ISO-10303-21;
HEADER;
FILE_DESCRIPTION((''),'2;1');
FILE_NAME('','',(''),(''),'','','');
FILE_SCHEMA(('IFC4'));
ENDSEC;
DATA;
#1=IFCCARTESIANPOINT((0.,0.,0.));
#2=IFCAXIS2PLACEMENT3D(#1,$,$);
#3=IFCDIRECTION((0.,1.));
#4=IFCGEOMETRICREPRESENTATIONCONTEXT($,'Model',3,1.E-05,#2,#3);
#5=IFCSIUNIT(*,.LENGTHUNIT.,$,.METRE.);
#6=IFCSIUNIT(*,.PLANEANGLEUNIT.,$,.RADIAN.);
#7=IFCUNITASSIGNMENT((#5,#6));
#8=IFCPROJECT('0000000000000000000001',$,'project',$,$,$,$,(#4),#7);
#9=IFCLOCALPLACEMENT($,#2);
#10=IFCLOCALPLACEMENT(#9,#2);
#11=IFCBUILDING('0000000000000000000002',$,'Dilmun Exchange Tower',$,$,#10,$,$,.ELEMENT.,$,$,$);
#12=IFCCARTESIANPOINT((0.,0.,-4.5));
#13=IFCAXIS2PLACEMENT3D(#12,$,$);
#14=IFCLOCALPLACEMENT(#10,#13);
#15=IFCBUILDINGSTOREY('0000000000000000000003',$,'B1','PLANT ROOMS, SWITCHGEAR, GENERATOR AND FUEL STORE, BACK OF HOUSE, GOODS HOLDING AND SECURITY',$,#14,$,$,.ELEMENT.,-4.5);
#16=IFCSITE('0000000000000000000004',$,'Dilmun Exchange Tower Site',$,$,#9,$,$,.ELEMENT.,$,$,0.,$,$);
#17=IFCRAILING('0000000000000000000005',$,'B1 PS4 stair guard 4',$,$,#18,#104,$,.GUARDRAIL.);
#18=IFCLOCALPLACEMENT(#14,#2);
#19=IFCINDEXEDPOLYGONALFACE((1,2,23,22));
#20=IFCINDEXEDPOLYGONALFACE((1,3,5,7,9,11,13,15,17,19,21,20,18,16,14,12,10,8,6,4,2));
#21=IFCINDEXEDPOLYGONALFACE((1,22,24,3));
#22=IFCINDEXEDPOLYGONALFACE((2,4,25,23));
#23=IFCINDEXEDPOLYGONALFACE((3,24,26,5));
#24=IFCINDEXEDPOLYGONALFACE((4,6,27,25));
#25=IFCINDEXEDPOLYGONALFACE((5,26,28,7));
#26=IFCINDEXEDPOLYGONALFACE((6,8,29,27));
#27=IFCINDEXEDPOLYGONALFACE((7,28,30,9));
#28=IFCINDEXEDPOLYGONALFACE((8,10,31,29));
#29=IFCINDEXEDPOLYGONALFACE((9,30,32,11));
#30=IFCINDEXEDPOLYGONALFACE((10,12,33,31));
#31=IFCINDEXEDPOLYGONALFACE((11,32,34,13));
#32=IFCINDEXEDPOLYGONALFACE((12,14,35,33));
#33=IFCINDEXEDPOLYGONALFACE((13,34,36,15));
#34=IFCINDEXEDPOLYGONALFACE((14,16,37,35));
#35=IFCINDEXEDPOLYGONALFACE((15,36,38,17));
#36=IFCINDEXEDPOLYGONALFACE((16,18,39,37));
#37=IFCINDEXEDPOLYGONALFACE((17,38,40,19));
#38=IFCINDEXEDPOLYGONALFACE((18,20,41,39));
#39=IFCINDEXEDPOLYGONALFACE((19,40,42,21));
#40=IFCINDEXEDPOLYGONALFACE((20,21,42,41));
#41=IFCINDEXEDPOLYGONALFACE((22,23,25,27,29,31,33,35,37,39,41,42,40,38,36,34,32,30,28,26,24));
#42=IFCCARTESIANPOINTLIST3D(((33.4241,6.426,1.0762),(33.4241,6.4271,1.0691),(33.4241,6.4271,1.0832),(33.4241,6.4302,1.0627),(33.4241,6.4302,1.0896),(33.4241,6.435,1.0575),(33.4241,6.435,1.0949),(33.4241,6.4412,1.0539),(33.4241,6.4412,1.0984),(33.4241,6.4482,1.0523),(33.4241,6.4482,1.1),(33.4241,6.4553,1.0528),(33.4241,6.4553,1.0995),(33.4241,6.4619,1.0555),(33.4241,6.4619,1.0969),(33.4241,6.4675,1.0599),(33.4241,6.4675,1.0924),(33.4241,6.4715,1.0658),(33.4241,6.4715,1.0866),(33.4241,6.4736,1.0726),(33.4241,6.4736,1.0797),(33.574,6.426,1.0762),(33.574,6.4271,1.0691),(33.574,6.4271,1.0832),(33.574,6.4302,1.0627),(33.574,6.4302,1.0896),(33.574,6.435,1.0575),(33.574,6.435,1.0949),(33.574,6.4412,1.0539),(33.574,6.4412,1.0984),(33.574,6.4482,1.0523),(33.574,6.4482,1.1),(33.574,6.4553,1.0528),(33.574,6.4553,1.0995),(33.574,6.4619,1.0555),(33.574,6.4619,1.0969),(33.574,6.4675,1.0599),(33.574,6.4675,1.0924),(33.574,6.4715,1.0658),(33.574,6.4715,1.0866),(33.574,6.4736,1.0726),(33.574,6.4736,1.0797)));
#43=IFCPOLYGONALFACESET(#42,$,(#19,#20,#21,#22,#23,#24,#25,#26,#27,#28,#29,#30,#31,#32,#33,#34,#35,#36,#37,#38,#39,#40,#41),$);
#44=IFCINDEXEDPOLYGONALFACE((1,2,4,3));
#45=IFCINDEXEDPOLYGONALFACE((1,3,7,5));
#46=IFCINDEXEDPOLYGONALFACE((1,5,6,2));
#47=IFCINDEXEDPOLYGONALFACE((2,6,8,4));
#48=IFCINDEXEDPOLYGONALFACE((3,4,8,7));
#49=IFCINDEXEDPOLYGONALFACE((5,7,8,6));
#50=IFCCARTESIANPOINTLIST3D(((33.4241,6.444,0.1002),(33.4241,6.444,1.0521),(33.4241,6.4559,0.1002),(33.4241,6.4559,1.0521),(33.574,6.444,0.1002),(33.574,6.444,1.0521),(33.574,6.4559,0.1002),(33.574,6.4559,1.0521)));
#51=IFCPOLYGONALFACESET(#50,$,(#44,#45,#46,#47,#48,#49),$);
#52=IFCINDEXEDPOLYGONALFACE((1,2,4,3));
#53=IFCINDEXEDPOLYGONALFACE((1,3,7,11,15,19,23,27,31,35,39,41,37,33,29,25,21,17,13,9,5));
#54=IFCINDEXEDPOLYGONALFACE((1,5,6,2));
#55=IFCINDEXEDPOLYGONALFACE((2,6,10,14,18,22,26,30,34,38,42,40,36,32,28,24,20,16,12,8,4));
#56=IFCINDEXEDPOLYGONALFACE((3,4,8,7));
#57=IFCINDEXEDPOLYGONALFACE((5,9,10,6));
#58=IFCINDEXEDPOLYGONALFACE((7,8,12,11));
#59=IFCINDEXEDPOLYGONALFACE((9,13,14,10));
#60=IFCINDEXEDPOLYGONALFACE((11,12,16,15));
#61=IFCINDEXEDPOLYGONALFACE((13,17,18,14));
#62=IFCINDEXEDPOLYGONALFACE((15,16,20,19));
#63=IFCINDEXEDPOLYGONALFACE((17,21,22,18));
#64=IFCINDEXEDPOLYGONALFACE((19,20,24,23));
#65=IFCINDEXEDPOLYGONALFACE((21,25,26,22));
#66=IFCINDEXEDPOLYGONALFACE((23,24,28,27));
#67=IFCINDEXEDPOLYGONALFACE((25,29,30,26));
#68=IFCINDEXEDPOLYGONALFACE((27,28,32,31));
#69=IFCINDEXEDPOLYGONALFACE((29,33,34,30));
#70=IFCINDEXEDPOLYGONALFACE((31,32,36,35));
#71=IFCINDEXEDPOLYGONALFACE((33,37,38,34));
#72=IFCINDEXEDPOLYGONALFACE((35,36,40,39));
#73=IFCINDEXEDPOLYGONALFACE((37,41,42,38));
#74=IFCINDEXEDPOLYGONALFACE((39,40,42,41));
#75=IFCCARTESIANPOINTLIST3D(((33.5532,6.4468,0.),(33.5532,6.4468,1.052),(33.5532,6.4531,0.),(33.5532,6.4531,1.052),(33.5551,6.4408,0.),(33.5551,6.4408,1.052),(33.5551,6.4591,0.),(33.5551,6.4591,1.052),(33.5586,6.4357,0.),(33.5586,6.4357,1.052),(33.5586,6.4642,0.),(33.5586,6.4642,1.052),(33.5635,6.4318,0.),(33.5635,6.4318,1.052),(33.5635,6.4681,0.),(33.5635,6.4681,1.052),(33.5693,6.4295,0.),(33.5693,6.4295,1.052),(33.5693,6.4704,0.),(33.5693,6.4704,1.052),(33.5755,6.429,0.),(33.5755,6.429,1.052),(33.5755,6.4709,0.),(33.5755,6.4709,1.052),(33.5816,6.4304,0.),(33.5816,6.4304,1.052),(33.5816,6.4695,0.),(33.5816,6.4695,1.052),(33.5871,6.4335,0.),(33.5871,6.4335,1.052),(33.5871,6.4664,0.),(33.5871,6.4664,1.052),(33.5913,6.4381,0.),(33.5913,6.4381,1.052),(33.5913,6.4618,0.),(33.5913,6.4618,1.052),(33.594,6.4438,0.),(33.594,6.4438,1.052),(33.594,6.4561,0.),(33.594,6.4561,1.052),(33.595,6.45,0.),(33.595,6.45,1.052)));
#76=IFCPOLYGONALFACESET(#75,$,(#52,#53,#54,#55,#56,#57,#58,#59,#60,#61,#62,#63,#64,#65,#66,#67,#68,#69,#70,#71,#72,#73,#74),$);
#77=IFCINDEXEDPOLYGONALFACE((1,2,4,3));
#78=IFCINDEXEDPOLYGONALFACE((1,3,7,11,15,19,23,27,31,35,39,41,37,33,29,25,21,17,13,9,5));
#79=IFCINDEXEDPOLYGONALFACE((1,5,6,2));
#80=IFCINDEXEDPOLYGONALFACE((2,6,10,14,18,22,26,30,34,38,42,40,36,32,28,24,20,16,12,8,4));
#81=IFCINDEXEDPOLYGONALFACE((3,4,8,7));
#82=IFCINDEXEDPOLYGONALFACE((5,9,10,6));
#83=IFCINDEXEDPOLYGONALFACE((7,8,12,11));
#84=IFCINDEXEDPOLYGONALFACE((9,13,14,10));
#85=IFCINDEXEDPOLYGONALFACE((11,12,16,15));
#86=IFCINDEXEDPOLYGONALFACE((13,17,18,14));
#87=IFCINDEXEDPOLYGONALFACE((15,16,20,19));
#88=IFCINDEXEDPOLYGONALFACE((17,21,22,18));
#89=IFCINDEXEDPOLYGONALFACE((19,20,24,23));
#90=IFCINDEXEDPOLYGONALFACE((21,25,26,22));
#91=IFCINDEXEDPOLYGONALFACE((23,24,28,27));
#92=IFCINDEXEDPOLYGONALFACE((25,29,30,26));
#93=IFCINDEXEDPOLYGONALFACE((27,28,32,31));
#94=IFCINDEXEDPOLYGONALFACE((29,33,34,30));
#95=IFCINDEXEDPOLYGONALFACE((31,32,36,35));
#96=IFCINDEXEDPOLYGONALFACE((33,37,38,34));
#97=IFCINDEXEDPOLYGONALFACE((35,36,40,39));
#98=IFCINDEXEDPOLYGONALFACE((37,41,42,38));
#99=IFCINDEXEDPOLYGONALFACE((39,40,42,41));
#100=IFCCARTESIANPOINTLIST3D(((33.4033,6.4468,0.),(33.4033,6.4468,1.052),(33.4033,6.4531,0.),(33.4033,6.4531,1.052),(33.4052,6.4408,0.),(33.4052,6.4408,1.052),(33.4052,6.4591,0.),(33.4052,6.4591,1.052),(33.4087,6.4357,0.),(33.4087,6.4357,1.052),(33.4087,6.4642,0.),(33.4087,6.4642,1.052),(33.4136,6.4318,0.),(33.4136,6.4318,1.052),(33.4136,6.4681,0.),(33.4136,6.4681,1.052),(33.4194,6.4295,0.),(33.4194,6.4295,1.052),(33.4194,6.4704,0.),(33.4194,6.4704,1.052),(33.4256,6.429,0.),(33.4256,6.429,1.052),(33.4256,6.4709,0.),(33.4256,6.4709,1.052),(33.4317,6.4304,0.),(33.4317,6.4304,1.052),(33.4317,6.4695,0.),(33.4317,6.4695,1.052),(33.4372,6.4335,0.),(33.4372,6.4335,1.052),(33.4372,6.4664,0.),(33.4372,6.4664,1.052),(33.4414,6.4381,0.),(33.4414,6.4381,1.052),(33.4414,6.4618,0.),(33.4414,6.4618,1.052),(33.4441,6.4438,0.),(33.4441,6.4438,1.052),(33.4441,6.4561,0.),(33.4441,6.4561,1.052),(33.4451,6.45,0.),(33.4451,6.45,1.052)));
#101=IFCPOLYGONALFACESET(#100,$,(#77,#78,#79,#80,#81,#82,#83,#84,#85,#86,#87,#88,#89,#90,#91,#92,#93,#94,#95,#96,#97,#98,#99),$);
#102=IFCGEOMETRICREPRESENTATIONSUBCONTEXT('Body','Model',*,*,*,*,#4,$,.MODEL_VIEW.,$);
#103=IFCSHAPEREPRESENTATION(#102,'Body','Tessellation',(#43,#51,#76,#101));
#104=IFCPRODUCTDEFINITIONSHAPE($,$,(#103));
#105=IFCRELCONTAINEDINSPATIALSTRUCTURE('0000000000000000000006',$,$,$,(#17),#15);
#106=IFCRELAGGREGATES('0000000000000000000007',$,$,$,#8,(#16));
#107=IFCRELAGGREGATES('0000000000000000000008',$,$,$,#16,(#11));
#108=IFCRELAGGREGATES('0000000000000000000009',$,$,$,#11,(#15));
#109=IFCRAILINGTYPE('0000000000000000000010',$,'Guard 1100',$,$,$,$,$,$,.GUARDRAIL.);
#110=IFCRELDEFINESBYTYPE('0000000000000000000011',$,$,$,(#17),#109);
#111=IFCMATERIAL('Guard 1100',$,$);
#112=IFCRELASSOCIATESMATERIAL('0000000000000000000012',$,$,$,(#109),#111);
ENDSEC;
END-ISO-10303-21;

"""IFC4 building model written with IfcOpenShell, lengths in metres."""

from ifc_helpers import new_model, si_unit, direction, frame, origin, origin_2d, place, context, subcontext, project, spatial, rectangle, circle, extrude, material, type_object, element, save


model = new_model("IFC4")

# Units and contexts
model_context = context("Model", 3, precision=1e-05, world=origin(), true_north=direction((0.0, 1.0)))
body_context = subcontext(model_context, "Body", "Model", "MODEL_VIEW")
ifc_project = project(units=[si_unit("LENGTHUNIT", "METRE"), si_unit("PLANEANGLEUNIT", "RADIAN")], contexts=[model_context])

# Site, building, storey
site_placement = place(None, origin())
site = spatial("IfcSite", under=ifc_project, at=site_placement, Name="Dilmun Exchange Tower Site", CompositionType="ELEMENT", RefElevation=0.0)
building_placement = place(site_placement, origin())
building = spatial("IfcBuilding", under=site, at=building_placement, Name="Dilmun Exchange Tower", CompositionType="ELEMENT")
storey_placement = place(building_placement, frame((0.0, 0.0, -4.5)))
storey = spatial("IfcBuildingStorey", under=building, at=storey_placement, Name="B1", Description="PLANT ROOMS, SWITCHGEAR, GENERATOR AND FUEL STORE, BACK OF HOUSE, GOODS HOLDING AND SECURITY", CompositionType="ELEMENT", Elevation=-4.5)

# Railing
ifc_material_1 = material(Name="Guard 1100")
railing_type_1 = type_object("IfcRailingType", Name="Guard 1100", PredefinedType="GUARDRAIL", material=ifc_material_1)
railing_1_placement = place(storey_placement, frame((33.574, 6.45, 0.0)))
element("IfcRailing", 1, at=railing_1_placement, inside=storey, type_object=railing_type_1, Name="B1 PS4 stair guard 4", PredefinedType="GUARDRAIL", context=body_context, shape_type="SweptSolid", body=[
    extrude(circle(Radius=0.0239, at=origin_2d()), frame((0.0, 0.0, 1.0762), z_axis=(-1.0, 0.0, 0.0), x_axis=(0.0, -1.0, 0.0)), (0.0, 0.0, 1.0), 0.1499),
    extrude(rectangle(XDim=0.012, YDim=0.9519, at=origin_2d()), frame((0.0, 0.0, 0.5762), z_axis=(-1.0, 0.0, 0.0), x_axis=(0.0, -1.0, 0.0)), (0.0, 0.0, 1.0), 0.1499),
    extrude(circle(Radius=0.021, at=origin_2d()), origin(), (0.0, 0.0, 1.0), 1.052),
    extrude(circle(Radius=0.021, at=origin_2d()), frame((-0.1499, 0.0, 0.0)), (0.0, 0.0, 1.0), 1.052),
])

save(model, "model.ifc")
